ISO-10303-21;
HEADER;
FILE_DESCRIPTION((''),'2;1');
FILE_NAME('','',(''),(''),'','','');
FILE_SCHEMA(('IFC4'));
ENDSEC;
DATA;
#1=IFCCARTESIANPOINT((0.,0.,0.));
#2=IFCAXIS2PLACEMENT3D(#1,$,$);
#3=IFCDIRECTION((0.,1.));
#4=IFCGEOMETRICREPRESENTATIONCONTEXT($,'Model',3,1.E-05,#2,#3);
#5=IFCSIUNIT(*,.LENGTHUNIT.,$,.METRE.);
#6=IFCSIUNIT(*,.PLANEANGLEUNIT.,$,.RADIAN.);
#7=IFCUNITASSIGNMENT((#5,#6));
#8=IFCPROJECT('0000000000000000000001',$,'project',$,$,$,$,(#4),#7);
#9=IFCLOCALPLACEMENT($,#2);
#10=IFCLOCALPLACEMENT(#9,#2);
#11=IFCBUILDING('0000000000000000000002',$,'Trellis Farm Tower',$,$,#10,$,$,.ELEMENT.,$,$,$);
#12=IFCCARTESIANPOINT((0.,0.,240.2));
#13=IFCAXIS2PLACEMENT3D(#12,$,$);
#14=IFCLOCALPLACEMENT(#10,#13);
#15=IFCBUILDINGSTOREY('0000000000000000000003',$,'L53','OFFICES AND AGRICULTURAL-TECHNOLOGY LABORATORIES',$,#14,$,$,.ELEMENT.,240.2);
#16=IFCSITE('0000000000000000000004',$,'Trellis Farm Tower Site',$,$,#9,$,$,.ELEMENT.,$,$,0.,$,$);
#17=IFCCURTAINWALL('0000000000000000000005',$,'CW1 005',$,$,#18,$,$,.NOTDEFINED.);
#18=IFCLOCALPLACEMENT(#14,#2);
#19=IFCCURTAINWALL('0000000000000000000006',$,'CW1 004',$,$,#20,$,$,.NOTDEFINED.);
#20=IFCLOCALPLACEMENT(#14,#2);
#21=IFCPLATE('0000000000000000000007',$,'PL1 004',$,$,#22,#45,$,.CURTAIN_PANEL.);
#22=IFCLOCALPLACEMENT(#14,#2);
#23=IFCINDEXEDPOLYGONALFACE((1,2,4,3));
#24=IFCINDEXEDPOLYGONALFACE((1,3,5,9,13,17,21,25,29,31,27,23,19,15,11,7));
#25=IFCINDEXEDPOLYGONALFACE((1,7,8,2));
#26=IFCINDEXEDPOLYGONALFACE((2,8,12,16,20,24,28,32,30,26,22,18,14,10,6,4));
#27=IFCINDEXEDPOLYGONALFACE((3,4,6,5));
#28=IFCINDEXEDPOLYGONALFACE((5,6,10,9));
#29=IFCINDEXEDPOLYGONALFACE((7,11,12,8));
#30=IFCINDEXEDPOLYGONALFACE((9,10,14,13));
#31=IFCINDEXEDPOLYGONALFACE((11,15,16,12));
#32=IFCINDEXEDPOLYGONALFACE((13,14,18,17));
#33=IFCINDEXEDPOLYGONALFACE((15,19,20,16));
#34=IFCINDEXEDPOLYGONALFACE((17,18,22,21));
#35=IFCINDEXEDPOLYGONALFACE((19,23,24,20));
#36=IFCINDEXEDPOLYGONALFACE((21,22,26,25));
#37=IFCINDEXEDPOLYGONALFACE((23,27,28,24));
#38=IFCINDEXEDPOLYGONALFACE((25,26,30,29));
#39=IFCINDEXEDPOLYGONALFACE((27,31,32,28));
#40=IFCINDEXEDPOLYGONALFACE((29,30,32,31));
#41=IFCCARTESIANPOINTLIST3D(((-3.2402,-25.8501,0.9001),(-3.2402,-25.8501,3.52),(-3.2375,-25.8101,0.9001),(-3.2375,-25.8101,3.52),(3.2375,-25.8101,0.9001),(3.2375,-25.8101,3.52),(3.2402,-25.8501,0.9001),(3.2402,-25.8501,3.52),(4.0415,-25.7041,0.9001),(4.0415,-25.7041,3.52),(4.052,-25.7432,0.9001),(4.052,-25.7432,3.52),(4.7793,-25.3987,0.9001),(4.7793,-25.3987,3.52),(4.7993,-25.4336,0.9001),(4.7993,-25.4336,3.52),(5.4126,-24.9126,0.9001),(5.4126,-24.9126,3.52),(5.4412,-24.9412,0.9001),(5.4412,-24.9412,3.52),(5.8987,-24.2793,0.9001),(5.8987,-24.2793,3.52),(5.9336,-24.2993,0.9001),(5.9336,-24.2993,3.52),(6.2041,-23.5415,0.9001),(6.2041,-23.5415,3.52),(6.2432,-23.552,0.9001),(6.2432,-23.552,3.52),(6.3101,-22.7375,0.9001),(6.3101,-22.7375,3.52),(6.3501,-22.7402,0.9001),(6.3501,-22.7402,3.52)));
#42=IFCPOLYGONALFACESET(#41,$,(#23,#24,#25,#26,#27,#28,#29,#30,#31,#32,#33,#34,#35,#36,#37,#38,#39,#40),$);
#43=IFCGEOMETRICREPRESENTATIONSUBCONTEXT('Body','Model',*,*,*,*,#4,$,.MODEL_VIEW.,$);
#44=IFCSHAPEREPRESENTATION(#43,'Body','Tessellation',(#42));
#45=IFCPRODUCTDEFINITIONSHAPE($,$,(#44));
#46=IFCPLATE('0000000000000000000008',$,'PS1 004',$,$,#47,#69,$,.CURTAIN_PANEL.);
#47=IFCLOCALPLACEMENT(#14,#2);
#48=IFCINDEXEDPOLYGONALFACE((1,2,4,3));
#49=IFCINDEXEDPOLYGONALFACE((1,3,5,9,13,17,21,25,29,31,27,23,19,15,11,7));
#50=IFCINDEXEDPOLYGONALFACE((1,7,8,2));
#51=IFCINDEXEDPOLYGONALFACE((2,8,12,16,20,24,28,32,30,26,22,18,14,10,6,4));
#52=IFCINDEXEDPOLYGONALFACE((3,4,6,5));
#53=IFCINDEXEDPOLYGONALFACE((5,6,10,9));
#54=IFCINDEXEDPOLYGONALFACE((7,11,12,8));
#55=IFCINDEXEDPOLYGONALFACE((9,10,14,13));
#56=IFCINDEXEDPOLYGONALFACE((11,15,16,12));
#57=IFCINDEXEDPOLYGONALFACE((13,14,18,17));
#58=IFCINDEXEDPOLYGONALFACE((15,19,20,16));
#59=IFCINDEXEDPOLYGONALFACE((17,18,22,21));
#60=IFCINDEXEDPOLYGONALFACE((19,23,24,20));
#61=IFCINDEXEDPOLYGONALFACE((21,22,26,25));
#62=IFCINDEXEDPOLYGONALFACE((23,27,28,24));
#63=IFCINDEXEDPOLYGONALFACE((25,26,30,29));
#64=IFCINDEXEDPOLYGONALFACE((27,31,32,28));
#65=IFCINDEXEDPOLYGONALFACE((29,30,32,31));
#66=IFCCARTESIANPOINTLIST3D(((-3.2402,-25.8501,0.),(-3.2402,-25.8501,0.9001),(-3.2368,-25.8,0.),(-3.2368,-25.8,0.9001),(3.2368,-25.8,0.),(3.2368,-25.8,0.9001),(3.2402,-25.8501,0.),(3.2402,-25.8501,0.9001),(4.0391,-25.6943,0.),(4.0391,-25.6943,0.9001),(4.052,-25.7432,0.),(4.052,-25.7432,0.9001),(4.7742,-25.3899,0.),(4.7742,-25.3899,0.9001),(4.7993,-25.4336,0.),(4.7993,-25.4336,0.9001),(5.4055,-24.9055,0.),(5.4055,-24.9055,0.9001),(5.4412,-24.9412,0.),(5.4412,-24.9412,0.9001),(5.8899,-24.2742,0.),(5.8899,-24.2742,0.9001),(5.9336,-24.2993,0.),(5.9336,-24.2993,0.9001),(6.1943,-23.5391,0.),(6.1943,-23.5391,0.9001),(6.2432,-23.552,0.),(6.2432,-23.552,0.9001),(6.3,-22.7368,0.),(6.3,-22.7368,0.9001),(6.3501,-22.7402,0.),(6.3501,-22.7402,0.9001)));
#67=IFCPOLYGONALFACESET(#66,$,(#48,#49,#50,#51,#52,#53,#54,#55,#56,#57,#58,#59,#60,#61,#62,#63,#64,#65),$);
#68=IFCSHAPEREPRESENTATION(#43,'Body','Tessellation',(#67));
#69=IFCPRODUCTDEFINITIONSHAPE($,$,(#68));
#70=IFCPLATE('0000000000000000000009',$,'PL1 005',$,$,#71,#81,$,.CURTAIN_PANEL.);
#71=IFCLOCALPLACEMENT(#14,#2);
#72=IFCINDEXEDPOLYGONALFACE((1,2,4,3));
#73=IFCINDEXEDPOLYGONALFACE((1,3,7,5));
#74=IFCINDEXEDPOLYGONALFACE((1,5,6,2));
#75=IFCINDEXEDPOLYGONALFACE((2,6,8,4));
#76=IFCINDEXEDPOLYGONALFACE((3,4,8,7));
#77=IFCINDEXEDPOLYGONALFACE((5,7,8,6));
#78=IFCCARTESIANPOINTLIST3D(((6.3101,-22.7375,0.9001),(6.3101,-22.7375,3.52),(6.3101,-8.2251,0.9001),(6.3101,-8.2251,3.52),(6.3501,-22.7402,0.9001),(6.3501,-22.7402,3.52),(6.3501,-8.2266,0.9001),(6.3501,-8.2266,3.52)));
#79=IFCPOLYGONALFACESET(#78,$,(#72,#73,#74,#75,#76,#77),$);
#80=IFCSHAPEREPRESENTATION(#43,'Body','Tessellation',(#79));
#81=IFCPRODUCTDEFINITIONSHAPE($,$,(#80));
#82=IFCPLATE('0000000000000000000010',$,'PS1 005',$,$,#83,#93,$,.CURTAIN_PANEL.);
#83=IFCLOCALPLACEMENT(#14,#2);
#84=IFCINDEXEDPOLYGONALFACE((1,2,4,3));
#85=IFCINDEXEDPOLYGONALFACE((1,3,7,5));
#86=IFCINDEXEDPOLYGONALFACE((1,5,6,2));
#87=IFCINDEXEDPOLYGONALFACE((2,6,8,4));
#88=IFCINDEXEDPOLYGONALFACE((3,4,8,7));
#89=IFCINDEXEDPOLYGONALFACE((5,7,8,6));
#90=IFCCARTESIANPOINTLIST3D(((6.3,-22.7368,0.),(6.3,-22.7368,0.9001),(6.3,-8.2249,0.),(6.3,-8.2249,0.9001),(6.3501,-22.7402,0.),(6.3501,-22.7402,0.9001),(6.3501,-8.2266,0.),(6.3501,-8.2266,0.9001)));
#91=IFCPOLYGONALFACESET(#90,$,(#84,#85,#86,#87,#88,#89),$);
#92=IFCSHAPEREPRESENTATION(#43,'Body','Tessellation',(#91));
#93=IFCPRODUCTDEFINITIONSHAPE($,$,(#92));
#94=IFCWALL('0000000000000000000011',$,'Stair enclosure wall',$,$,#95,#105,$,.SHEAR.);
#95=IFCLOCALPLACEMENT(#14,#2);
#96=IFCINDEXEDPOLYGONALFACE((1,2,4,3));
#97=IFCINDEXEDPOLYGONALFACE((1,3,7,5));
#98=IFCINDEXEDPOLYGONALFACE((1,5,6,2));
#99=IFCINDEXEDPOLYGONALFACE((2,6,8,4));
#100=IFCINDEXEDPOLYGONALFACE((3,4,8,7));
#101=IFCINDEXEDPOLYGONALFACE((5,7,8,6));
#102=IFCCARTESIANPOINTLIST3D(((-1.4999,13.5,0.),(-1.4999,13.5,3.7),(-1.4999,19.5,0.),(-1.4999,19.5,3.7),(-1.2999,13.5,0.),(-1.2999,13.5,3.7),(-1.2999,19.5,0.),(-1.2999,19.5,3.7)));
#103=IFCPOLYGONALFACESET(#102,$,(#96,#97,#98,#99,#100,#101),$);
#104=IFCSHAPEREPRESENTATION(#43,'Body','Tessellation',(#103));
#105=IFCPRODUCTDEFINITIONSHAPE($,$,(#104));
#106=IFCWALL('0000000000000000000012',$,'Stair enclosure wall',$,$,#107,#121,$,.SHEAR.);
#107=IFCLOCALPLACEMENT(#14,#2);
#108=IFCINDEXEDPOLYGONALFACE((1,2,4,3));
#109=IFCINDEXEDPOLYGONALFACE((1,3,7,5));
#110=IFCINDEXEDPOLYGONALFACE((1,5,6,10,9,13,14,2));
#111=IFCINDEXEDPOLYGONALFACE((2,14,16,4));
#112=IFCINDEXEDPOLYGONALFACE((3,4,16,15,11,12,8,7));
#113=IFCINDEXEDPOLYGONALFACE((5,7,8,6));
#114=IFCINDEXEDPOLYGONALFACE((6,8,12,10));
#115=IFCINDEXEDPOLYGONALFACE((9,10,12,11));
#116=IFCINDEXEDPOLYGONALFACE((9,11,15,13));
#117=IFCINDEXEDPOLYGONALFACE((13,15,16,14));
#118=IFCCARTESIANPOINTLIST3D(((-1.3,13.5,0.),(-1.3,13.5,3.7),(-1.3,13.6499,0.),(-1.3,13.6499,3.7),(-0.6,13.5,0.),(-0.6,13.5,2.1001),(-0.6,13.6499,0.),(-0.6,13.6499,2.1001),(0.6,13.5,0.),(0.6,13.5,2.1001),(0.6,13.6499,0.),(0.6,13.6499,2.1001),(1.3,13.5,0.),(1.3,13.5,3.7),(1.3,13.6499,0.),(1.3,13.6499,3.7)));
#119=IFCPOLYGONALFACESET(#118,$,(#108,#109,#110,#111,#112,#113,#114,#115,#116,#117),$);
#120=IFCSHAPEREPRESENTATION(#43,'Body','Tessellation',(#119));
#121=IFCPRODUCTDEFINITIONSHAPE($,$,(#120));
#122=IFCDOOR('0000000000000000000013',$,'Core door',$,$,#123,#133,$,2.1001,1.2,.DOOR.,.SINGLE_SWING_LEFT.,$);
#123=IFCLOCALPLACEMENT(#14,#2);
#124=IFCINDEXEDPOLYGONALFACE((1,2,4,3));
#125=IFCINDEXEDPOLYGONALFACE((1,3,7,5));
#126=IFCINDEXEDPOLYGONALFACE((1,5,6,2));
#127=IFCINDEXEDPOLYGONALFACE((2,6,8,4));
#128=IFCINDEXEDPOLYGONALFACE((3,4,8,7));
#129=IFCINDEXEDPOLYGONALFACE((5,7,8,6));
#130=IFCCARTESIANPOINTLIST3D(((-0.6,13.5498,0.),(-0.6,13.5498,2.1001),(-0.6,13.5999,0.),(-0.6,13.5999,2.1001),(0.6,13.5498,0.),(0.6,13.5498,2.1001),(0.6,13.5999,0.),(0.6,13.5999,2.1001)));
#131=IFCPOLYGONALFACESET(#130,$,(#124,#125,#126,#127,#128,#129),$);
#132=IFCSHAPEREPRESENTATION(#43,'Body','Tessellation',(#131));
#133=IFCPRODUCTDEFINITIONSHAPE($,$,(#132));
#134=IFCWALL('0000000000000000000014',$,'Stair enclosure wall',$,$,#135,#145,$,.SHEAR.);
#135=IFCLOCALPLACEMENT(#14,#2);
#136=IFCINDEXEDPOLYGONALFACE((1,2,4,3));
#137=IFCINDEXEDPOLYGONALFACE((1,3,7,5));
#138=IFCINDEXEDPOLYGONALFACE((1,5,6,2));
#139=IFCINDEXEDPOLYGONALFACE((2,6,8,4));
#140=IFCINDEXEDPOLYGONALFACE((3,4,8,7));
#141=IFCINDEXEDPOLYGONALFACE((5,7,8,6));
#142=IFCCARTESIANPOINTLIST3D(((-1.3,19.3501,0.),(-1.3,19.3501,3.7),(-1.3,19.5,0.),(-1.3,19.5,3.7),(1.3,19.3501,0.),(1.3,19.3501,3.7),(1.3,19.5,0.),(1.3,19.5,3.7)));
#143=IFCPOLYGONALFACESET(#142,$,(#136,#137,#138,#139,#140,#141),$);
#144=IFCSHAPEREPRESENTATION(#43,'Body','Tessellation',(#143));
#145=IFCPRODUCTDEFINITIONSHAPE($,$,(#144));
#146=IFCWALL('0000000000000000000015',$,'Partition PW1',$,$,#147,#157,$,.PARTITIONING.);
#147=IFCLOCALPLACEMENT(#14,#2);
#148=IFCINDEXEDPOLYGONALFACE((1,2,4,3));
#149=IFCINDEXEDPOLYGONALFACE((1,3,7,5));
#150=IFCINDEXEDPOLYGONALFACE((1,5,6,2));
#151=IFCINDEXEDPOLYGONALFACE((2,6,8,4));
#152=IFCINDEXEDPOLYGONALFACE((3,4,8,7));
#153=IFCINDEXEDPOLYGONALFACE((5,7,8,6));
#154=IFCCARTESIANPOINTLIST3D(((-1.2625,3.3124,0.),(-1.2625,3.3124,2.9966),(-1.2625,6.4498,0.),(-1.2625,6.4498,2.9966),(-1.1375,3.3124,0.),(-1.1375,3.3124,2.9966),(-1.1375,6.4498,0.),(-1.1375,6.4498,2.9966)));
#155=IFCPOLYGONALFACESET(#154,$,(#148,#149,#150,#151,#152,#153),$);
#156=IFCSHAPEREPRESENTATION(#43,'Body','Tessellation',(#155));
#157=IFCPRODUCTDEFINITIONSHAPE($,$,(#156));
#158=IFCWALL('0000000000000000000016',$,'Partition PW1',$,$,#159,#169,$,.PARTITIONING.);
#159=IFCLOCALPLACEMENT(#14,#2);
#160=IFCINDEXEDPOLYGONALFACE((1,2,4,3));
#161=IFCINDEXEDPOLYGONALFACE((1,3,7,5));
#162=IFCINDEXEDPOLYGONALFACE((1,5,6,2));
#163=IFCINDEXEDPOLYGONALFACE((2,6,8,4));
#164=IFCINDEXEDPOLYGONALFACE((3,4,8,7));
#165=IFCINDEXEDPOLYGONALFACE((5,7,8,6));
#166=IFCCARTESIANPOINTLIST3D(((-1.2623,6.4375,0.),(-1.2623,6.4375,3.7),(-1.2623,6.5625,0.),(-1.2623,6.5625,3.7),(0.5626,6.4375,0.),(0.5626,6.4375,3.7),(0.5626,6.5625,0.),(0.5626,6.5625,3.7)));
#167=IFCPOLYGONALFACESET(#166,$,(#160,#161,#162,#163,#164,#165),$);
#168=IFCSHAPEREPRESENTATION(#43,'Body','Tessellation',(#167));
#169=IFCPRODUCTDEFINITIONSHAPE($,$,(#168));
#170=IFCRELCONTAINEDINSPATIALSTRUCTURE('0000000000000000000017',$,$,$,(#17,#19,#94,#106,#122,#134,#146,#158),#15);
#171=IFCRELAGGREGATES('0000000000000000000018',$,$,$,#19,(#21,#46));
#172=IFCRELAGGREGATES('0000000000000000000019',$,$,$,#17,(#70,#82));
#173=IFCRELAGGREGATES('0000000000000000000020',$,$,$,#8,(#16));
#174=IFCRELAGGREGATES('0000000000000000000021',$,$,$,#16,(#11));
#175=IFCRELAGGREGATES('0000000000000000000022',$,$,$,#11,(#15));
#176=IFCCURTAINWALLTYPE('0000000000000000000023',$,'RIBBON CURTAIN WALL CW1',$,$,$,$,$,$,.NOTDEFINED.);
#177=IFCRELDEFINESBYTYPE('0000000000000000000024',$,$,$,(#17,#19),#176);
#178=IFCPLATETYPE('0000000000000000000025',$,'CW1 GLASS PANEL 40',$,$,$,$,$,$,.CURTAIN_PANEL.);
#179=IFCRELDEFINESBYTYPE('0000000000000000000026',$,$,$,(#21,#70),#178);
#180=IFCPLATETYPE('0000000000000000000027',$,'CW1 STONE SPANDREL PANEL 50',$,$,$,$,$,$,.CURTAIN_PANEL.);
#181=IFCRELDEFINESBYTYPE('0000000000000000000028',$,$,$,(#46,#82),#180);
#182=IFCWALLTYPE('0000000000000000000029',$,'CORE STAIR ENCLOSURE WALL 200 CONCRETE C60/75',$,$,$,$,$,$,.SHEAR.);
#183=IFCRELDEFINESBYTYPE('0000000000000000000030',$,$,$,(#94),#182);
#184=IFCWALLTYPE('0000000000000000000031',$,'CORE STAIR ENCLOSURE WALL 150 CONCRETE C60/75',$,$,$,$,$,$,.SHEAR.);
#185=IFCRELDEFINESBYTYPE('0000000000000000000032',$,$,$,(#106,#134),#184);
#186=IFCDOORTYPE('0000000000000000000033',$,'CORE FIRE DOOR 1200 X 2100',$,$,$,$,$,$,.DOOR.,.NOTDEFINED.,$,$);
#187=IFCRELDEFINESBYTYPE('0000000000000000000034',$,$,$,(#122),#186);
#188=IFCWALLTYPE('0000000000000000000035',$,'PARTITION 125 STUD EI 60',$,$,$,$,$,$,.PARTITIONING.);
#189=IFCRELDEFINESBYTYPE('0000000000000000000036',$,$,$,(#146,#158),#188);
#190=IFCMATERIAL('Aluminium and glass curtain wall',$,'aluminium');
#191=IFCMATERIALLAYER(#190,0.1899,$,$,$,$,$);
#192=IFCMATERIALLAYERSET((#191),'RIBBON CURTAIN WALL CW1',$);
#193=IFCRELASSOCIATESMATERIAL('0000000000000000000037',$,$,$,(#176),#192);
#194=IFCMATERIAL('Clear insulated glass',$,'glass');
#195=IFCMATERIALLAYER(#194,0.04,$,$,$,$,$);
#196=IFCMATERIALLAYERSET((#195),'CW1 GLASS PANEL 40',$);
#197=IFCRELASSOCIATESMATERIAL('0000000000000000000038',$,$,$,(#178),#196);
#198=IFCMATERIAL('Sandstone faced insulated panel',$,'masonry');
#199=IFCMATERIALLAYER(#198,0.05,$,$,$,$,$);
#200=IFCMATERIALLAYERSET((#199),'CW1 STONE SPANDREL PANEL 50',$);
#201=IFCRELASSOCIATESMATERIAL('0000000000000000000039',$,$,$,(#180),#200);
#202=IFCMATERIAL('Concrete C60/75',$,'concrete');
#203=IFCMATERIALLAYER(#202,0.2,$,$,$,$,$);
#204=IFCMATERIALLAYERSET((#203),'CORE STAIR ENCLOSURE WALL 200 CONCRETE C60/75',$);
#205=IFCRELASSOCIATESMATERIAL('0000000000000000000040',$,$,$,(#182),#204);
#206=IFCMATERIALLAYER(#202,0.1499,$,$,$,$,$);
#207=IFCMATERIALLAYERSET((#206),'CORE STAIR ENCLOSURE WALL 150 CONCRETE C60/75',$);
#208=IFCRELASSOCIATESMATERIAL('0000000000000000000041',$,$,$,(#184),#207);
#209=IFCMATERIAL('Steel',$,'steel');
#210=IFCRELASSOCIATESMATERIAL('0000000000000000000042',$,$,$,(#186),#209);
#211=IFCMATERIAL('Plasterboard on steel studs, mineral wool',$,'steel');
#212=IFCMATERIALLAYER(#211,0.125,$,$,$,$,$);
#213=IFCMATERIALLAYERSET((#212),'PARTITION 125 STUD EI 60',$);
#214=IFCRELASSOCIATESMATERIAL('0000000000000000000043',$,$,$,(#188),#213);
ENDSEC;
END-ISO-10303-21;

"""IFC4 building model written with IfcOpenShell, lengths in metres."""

from ifc_helpers import new_model, si_unit, direction, frame, frame_2d, origin, place, context, subcontext, project, spatial, polyline, rectangle, outline, extrude, source, transform, mapped, material, layer, layer_set, type_object, element, fill, aggregate, save


model = new_model("IFC4")

# Units and contexts
model_context = context("Model", 3, precision=1e-05, world=origin(), true_north=direction((0.0, 1.0)))
body_context = subcontext(model_context, "Body", "Model", "MODEL_VIEW")
ifc_project = project(units=[si_unit("LENGTHUNIT", "METRE"), si_unit("PLANEANGLEUNIT", "RADIAN")], contexts=[model_context])

# Site, building, storey
site_placement = place(None, origin())
site = spatial("IfcSite", under=ifc_project, at=site_placement, Name="Trellis Farm Tower Site", CompositionType="ELEMENT", RefElevation=0.0)
building_placement = place(site_placement, origin())
building = spatial("IfcBuilding", under=site, at=building_placement, Name="Trellis Farm Tower", CompositionType="ELEMENT")
storey_placement = place(building_placement, frame((0.0, 0.0, 240.2)))
storey = spatial("IfcBuildingStorey", under=building, at=storey_placement, Name="L53", Description="OFFICES AND AGRICULTURAL-TECHNOLOGY LABORATORIES", CompositionType="ELEMENT", Elevation=240.2)

# Shared definitions
ifc_material_1 = material(Name="Concrete C60/75", Category="concrete")

# Curtain walls
ifc_material_2 = material(Name="Aluminium and glass curtain wall", Category="aluminium")
placement_1 = place(storey_placement, origin())
ifc_layer_1 = layer(ifc_material_2, 0.1899)
ifc_layer_set_1 = layer_set([ifc_layer_1], Name="RIBBON CURTAIN WALL CW1")
curtain_wall_type_1 = type_object("IfcCurtainWallType", Name="RIBBON CURTAIN WALL CW1", PredefinedType="NOTDEFINED", material=ifc_layer_set_1)
curtain_wall_1 = element("IfcCurtainWall", 1, at=placement_1, inside=storey, type_object=curtain_wall_type_1, Name="CW1 005", PredefinedType="NOTDEFINED")
curtain_wall_2 = element("IfcCurtainWall", 2, at=placement_1, inside=storey, type_object=curtain_wall_type_1, Name="CW1 004", PredefinedType="NOTDEFINED")

# Shared definitions
ifc_material_3 = material(Name="Clear insulated glass", Category="glass")
ifc_layer_2 = layer(ifc_material_3, 0.04)
ifc_layer_set_2 = layer_set([ifc_layer_2], Name="CW1 GLASS PANEL 40")
plate_type_1 = type_object("IfcPlateType", Name="CW1 GLASS PANEL 40", PredefinedType="CURTAIN_PANEL", material=ifc_layer_set_2)
placement_2 = place(storey_placement, frame((0.0, 0.0, 0.9001)))
ifc_material_4 = material(Name="Sandstone faced insulated panel", Category="masonry")
ifc_layer_3 = layer(ifc_material_4, 0.05)
ifc_layer_set_3 = layer_set([ifc_layer_3], Name="CW1 STONE SPANDREL PANEL 50")
plate_type_2 = type_object("IfcPlateType", Name="CW1 STONE SPANDREL PANEL 50", PredefinedType="CURTAIN_PANEL", material=ifc_layer_set_3)

# Plates
shared_shape_1 = source(origin(), body_context, "Body", "SweptSolid", [
    extrude(outline(polyline([(-3.2402, -25.8501), (3.2402, -25.8501), (4.052, -25.7432), (4.7993, -25.4336), (5.4412, -24.9412), (5.9336, -24.2993), (6.2432, -23.552), (6.3501, -22.7402), (6.3101, -22.7375), (6.2041, -23.5415), (5.8987, -24.2793), (5.4126, -24.9126), (4.7793, -25.3987), (4.0415, -25.7041), (3.2375, -25.8101), (-3.2375, -25.8101), (-3.2402, -25.8501)])), origin(), (0.0, 0.0, 1.0), 2.6199),
])
plate_1 = element("IfcPlate", 3, at=placement_2, type_object=plate_type_1, Name="PL1 004", PredefinedType="CURTAIN_PANEL", context=body_context, shape_type="MappedRepresentation", body=[
    mapped(shared_shape_1, transform((0.0, 0.0, 0.0))),
])
shared_shape_2 = source(origin(), body_context, "Body", "SweptSolid", [
    extrude(outline(polyline([(-3.2402, -25.8501), (3.2402, -25.8501), (4.052, -25.7432), (4.7993, -25.4336), (5.4412, -24.9412), (5.9336, -24.2993), (6.2432, -23.552), (6.3501, -22.7402), (6.3, -22.7368), (6.1943, -23.5391), (5.8899, -24.2742), (5.4055, -24.9055), (4.7742, -25.3899), (4.0391, -25.6943), (3.2368, -25.8), (-3.2368, -25.8), (-3.2402, -25.8501)])), origin(), (0.0, 0.0, 1.0), 0.9001),
])
plate_2 = element("IfcPlate", 4, at=placement_1, type_object=plate_type_2, Name="PS1 004", PredefinedType="CURTAIN_PANEL", context=body_context, shape_type="MappedRepresentation", body=[
    mapped(shared_shape_2, transform((0.0, 0.0, 0.0))),
])
aggregate(curtain_wall_2, [plate_1, plate_2])
shared_shape_3 = source(origin(), body_context, "Body", "SweptSolid", [
    extrude(outline(polyline([(6.3501, -22.7402), (6.3501, -8.2266), (6.3101, -8.2251), (6.3101, -22.7375), (6.3501, -22.7402)])), origin(), (0.0, 0.0, 1.0), 2.6199),
])
plate_3 = element("IfcPlate", 5, at=placement_2, type_object=plate_type_1, Name="PL1 005", PredefinedType="CURTAIN_PANEL", context=body_context, shape_type="MappedRepresentation", body=[
    mapped(shared_shape_3, transform((0.0, 0.0, 0.0))),
])
shared_shape_4 = source(origin(), body_context, "Body", "SweptSolid", [
    extrude(outline(polyline([(6.3501, -22.7402), (6.3501, -8.2266), (6.3, -8.2249), (6.3, -22.7368), (6.3501, -22.7402)])), origin(), (0.0, 0.0, 1.0), 0.9001),
])
plate_4 = element("IfcPlate", 6, at=placement_1, type_object=plate_type_2, Name="PS1 005", PredefinedType="CURTAIN_PANEL", context=body_context, shape_type="MappedRepresentation", body=[
    mapped(shared_shape_4, transform((0.0, 0.0, 0.0))),
])
aggregate(curtain_wall_1, [plate_3, plate_4])

# Wall
ifc_layer_4 = layer(ifc_material_1, 0.2)
ifc_layer_set_4 = layer_set([ifc_layer_4], Name="CORE STAIR ENCLOSURE WALL 200 CONCRETE C60/75")
wall_type_1 = type_object("IfcWallType", Name="CORE STAIR ENCLOSURE WALL 200 CONCRETE C60/75", PredefinedType="SHEAR", material=ifc_layer_set_4)
shared_shape_5 = source(origin(), body_context, "Body", "SweptSolid", [
    extrude(rectangle(XDim=6.0, YDim=0.2, at=frame_2d((3.0, 0.0))), origin(), (0.0, 0.0, 1.0), 3.7),
])
wall_1_placement = place(storey_placement, frame((-1.3999, 13.5, 0.0), z_axis=(0.0, 0.0, 1.0), x_axis=(0.0, 1.0, 0.0)))
element("IfcWall", 7, at=wall_1_placement, inside=storey, type_object=wall_type_1, Name="Stair enclosure wall", PredefinedType="SHEAR", context=body_context, shape_type="MappedRepresentation", body=[
    mapped(shared_shape_5, transform((0.0, 0.0, 0.0))),
])

# Wall, opening, door
ifc_layer_5 = layer(ifc_material_1, 0.1499)
ifc_layer_set_5 = layer_set([ifc_layer_5], Name="CORE STAIR ENCLOSURE WALL 150 CONCRETE C60/75")
wall_type_2 = type_object("IfcWallType", Name="CORE STAIR ENCLOSURE WALL 150 CONCRETE C60/75", PredefinedType="SHEAR", material=ifc_layer_set_5)
shared_shape_6 = source(origin(), body_context, "Body", "SweptSolid", [
    extrude(rectangle(XDim=2.6001, YDim=0.1499, at=frame_2d((1.3, 0.0))), origin(), (0.0, 0.0, 1.0), 3.7),
])
wall_2_placement = place(storey_placement, frame((-1.3, 13.575, 0.0), z_axis=(0.0, 0.0, 1.0), x_axis=(1.0, 0.0, 0.0)))
wall_2 = element("IfcWall", 8, at=wall_2_placement, inside=storey, type_object=wall_type_2, Name="Stair enclosure wall", PredefinedType="SHEAR", context=body_context, shape_type="MappedRepresentation", body=[
    mapped(shared_shape_6, transform((0.0, 0.0, 0.0))),
])
shared_shape_7 = source(origin(), body_context, "Body", "SweptSolid", [
    extrude(rectangle(XDim=1.2, YDim=2.1001, at=frame_2d((0.6001, 1.05))), frame((0.0, 0.085, 0.0), z_axis=(0.0, -1.0, 0.0), x_axis=(1.0, 0.0, 0.0)), (0.0, 0.0, 1.0), 0.1699),
])
opening_1_placement = place(wall_2_placement, frame((0.7, 0.0, 0.0)))
opening_1 = element("IfcOpeningElement", 9, at=opening_1_placement, cuts=wall_2, PredefinedType="OPENING", context=body_context, shape_type="MappedRepresentation", body=[
    mapped(shared_shape_7, transform((0.0, 0.0, 0.0))),
])
ifc_material_5 = material(Name="Steel", Category="steel")
door_type_1 = type_object("IfcDoorType", Name="CORE FIRE DOOR 1200 X 2100", OperationType="NOTDEFINED", PredefinedType="DOOR", material=ifc_material_5)
shared_shape_8 = source(origin(), body_context, "Body", "SweptSolid", [
    extrude(rectangle(XDim=1.2, YDim=2.1001, at=frame_2d((0.6001, 1.05))), frame((0.0, 0.0249, 0.0), z_axis=(0.0, -1.0, 0.0), x_axis=(1.0, 0.0, 0.0)), (0.0, 0.0, 1.0), 0.05),
])
door_1_placement = place(opening_1_placement, origin())
door_1 = element("IfcDoor", 10, at=door_1_placement, inside=storey, type_object=door_type_1, Name="Core door", OperationType="SINGLE_SWING_LEFT", OverallHeight=2.1001, OverallWidth=1.2, PredefinedType="DOOR", context=body_context, shape_type="MappedRepresentation", body=[
    mapped(shared_shape_8, transform((0.0, 0.0, 0.0))),
])
fill(opening_1, door_1)

# Walls
wall_3_placement = place(storey_placement, frame((-1.3, 19.425, 0.0), z_axis=(0.0, 0.0, 1.0), x_axis=(1.0, 0.0, 0.0)))
element("IfcWall", 11, at=wall_3_placement, inside=storey, type_object=wall_type_2, Name="Stair enclosure wall", PredefinedType="SHEAR", context=body_context, shape_type="MappedRepresentation", body=[
    mapped(shared_shape_6, transform((0.0, 0.0, 0.0))),
])
ifc_material_6 = material(Name="Plasterboard on steel studs, mineral wool", Category="steel")
ifc_layer_6 = layer(ifc_material_6, 0.125)
ifc_layer_set_6 = layer_set([ifc_layer_6], Name="PARTITION 125 STUD EI 60")
wall_type_3 = type_object("IfcWallType", Name="PARTITION 125 STUD EI 60", PredefinedType="PARTITIONING", material=ifc_layer_set_6)
shared_shape_9 = source(origin(), body_context, "Body", "SweptSolid", [
    extrude(rectangle(XDim=3.1375, YDim=0.125, at=frame_2d((1.5688, 0.0))), origin(), (0.0, 0.0, 1.0), 2.9966),
])
wall_4_placement = place(storey_placement, frame((-1.2, 6.45, 0.0), z_axis=(0.0, 0.0, 1.0), x_axis=(0.0, -1.0, 0.0)))
element("IfcWall", 12, at=wall_4_placement, inside=storey, type_object=wall_type_3, Name="Partition PW1", PredefinedType="PARTITIONING", context=body_context, shape_type="MappedRepresentation", body=[
    mapped(shared_shape_9, transform((0.0, 0.0, 0.0))),
])
shared_shape_10 = source(origin(), body_context, "Body", "SweptSolid", [
    extrude(rectangle(XDim=1.825, YDim=0.125, at=frame_2d((0.9126, 0.0))), origin(), (0.0, 0.0, 1.0), 3.7),
])
wall_5_placement = place(storey_placement, frame((-1.2625, 6.5, 0.0), z_axis=(0.0, 0.0, 1.0), x_axis=(1.0, 0.0, 0.0)))
element("IfcWall", 13, at=wall_5_placement, inside=storey, type_object=wall_type_3, Name="Partition PW1", PredefinedType="PARTITIONING", context=body_context, shape_type="MappedRepresentation", body=[
    mapped(shared_shape_10, transform((0.0, 0.0, 0.0))),
])

save(model, "model.ifc")
